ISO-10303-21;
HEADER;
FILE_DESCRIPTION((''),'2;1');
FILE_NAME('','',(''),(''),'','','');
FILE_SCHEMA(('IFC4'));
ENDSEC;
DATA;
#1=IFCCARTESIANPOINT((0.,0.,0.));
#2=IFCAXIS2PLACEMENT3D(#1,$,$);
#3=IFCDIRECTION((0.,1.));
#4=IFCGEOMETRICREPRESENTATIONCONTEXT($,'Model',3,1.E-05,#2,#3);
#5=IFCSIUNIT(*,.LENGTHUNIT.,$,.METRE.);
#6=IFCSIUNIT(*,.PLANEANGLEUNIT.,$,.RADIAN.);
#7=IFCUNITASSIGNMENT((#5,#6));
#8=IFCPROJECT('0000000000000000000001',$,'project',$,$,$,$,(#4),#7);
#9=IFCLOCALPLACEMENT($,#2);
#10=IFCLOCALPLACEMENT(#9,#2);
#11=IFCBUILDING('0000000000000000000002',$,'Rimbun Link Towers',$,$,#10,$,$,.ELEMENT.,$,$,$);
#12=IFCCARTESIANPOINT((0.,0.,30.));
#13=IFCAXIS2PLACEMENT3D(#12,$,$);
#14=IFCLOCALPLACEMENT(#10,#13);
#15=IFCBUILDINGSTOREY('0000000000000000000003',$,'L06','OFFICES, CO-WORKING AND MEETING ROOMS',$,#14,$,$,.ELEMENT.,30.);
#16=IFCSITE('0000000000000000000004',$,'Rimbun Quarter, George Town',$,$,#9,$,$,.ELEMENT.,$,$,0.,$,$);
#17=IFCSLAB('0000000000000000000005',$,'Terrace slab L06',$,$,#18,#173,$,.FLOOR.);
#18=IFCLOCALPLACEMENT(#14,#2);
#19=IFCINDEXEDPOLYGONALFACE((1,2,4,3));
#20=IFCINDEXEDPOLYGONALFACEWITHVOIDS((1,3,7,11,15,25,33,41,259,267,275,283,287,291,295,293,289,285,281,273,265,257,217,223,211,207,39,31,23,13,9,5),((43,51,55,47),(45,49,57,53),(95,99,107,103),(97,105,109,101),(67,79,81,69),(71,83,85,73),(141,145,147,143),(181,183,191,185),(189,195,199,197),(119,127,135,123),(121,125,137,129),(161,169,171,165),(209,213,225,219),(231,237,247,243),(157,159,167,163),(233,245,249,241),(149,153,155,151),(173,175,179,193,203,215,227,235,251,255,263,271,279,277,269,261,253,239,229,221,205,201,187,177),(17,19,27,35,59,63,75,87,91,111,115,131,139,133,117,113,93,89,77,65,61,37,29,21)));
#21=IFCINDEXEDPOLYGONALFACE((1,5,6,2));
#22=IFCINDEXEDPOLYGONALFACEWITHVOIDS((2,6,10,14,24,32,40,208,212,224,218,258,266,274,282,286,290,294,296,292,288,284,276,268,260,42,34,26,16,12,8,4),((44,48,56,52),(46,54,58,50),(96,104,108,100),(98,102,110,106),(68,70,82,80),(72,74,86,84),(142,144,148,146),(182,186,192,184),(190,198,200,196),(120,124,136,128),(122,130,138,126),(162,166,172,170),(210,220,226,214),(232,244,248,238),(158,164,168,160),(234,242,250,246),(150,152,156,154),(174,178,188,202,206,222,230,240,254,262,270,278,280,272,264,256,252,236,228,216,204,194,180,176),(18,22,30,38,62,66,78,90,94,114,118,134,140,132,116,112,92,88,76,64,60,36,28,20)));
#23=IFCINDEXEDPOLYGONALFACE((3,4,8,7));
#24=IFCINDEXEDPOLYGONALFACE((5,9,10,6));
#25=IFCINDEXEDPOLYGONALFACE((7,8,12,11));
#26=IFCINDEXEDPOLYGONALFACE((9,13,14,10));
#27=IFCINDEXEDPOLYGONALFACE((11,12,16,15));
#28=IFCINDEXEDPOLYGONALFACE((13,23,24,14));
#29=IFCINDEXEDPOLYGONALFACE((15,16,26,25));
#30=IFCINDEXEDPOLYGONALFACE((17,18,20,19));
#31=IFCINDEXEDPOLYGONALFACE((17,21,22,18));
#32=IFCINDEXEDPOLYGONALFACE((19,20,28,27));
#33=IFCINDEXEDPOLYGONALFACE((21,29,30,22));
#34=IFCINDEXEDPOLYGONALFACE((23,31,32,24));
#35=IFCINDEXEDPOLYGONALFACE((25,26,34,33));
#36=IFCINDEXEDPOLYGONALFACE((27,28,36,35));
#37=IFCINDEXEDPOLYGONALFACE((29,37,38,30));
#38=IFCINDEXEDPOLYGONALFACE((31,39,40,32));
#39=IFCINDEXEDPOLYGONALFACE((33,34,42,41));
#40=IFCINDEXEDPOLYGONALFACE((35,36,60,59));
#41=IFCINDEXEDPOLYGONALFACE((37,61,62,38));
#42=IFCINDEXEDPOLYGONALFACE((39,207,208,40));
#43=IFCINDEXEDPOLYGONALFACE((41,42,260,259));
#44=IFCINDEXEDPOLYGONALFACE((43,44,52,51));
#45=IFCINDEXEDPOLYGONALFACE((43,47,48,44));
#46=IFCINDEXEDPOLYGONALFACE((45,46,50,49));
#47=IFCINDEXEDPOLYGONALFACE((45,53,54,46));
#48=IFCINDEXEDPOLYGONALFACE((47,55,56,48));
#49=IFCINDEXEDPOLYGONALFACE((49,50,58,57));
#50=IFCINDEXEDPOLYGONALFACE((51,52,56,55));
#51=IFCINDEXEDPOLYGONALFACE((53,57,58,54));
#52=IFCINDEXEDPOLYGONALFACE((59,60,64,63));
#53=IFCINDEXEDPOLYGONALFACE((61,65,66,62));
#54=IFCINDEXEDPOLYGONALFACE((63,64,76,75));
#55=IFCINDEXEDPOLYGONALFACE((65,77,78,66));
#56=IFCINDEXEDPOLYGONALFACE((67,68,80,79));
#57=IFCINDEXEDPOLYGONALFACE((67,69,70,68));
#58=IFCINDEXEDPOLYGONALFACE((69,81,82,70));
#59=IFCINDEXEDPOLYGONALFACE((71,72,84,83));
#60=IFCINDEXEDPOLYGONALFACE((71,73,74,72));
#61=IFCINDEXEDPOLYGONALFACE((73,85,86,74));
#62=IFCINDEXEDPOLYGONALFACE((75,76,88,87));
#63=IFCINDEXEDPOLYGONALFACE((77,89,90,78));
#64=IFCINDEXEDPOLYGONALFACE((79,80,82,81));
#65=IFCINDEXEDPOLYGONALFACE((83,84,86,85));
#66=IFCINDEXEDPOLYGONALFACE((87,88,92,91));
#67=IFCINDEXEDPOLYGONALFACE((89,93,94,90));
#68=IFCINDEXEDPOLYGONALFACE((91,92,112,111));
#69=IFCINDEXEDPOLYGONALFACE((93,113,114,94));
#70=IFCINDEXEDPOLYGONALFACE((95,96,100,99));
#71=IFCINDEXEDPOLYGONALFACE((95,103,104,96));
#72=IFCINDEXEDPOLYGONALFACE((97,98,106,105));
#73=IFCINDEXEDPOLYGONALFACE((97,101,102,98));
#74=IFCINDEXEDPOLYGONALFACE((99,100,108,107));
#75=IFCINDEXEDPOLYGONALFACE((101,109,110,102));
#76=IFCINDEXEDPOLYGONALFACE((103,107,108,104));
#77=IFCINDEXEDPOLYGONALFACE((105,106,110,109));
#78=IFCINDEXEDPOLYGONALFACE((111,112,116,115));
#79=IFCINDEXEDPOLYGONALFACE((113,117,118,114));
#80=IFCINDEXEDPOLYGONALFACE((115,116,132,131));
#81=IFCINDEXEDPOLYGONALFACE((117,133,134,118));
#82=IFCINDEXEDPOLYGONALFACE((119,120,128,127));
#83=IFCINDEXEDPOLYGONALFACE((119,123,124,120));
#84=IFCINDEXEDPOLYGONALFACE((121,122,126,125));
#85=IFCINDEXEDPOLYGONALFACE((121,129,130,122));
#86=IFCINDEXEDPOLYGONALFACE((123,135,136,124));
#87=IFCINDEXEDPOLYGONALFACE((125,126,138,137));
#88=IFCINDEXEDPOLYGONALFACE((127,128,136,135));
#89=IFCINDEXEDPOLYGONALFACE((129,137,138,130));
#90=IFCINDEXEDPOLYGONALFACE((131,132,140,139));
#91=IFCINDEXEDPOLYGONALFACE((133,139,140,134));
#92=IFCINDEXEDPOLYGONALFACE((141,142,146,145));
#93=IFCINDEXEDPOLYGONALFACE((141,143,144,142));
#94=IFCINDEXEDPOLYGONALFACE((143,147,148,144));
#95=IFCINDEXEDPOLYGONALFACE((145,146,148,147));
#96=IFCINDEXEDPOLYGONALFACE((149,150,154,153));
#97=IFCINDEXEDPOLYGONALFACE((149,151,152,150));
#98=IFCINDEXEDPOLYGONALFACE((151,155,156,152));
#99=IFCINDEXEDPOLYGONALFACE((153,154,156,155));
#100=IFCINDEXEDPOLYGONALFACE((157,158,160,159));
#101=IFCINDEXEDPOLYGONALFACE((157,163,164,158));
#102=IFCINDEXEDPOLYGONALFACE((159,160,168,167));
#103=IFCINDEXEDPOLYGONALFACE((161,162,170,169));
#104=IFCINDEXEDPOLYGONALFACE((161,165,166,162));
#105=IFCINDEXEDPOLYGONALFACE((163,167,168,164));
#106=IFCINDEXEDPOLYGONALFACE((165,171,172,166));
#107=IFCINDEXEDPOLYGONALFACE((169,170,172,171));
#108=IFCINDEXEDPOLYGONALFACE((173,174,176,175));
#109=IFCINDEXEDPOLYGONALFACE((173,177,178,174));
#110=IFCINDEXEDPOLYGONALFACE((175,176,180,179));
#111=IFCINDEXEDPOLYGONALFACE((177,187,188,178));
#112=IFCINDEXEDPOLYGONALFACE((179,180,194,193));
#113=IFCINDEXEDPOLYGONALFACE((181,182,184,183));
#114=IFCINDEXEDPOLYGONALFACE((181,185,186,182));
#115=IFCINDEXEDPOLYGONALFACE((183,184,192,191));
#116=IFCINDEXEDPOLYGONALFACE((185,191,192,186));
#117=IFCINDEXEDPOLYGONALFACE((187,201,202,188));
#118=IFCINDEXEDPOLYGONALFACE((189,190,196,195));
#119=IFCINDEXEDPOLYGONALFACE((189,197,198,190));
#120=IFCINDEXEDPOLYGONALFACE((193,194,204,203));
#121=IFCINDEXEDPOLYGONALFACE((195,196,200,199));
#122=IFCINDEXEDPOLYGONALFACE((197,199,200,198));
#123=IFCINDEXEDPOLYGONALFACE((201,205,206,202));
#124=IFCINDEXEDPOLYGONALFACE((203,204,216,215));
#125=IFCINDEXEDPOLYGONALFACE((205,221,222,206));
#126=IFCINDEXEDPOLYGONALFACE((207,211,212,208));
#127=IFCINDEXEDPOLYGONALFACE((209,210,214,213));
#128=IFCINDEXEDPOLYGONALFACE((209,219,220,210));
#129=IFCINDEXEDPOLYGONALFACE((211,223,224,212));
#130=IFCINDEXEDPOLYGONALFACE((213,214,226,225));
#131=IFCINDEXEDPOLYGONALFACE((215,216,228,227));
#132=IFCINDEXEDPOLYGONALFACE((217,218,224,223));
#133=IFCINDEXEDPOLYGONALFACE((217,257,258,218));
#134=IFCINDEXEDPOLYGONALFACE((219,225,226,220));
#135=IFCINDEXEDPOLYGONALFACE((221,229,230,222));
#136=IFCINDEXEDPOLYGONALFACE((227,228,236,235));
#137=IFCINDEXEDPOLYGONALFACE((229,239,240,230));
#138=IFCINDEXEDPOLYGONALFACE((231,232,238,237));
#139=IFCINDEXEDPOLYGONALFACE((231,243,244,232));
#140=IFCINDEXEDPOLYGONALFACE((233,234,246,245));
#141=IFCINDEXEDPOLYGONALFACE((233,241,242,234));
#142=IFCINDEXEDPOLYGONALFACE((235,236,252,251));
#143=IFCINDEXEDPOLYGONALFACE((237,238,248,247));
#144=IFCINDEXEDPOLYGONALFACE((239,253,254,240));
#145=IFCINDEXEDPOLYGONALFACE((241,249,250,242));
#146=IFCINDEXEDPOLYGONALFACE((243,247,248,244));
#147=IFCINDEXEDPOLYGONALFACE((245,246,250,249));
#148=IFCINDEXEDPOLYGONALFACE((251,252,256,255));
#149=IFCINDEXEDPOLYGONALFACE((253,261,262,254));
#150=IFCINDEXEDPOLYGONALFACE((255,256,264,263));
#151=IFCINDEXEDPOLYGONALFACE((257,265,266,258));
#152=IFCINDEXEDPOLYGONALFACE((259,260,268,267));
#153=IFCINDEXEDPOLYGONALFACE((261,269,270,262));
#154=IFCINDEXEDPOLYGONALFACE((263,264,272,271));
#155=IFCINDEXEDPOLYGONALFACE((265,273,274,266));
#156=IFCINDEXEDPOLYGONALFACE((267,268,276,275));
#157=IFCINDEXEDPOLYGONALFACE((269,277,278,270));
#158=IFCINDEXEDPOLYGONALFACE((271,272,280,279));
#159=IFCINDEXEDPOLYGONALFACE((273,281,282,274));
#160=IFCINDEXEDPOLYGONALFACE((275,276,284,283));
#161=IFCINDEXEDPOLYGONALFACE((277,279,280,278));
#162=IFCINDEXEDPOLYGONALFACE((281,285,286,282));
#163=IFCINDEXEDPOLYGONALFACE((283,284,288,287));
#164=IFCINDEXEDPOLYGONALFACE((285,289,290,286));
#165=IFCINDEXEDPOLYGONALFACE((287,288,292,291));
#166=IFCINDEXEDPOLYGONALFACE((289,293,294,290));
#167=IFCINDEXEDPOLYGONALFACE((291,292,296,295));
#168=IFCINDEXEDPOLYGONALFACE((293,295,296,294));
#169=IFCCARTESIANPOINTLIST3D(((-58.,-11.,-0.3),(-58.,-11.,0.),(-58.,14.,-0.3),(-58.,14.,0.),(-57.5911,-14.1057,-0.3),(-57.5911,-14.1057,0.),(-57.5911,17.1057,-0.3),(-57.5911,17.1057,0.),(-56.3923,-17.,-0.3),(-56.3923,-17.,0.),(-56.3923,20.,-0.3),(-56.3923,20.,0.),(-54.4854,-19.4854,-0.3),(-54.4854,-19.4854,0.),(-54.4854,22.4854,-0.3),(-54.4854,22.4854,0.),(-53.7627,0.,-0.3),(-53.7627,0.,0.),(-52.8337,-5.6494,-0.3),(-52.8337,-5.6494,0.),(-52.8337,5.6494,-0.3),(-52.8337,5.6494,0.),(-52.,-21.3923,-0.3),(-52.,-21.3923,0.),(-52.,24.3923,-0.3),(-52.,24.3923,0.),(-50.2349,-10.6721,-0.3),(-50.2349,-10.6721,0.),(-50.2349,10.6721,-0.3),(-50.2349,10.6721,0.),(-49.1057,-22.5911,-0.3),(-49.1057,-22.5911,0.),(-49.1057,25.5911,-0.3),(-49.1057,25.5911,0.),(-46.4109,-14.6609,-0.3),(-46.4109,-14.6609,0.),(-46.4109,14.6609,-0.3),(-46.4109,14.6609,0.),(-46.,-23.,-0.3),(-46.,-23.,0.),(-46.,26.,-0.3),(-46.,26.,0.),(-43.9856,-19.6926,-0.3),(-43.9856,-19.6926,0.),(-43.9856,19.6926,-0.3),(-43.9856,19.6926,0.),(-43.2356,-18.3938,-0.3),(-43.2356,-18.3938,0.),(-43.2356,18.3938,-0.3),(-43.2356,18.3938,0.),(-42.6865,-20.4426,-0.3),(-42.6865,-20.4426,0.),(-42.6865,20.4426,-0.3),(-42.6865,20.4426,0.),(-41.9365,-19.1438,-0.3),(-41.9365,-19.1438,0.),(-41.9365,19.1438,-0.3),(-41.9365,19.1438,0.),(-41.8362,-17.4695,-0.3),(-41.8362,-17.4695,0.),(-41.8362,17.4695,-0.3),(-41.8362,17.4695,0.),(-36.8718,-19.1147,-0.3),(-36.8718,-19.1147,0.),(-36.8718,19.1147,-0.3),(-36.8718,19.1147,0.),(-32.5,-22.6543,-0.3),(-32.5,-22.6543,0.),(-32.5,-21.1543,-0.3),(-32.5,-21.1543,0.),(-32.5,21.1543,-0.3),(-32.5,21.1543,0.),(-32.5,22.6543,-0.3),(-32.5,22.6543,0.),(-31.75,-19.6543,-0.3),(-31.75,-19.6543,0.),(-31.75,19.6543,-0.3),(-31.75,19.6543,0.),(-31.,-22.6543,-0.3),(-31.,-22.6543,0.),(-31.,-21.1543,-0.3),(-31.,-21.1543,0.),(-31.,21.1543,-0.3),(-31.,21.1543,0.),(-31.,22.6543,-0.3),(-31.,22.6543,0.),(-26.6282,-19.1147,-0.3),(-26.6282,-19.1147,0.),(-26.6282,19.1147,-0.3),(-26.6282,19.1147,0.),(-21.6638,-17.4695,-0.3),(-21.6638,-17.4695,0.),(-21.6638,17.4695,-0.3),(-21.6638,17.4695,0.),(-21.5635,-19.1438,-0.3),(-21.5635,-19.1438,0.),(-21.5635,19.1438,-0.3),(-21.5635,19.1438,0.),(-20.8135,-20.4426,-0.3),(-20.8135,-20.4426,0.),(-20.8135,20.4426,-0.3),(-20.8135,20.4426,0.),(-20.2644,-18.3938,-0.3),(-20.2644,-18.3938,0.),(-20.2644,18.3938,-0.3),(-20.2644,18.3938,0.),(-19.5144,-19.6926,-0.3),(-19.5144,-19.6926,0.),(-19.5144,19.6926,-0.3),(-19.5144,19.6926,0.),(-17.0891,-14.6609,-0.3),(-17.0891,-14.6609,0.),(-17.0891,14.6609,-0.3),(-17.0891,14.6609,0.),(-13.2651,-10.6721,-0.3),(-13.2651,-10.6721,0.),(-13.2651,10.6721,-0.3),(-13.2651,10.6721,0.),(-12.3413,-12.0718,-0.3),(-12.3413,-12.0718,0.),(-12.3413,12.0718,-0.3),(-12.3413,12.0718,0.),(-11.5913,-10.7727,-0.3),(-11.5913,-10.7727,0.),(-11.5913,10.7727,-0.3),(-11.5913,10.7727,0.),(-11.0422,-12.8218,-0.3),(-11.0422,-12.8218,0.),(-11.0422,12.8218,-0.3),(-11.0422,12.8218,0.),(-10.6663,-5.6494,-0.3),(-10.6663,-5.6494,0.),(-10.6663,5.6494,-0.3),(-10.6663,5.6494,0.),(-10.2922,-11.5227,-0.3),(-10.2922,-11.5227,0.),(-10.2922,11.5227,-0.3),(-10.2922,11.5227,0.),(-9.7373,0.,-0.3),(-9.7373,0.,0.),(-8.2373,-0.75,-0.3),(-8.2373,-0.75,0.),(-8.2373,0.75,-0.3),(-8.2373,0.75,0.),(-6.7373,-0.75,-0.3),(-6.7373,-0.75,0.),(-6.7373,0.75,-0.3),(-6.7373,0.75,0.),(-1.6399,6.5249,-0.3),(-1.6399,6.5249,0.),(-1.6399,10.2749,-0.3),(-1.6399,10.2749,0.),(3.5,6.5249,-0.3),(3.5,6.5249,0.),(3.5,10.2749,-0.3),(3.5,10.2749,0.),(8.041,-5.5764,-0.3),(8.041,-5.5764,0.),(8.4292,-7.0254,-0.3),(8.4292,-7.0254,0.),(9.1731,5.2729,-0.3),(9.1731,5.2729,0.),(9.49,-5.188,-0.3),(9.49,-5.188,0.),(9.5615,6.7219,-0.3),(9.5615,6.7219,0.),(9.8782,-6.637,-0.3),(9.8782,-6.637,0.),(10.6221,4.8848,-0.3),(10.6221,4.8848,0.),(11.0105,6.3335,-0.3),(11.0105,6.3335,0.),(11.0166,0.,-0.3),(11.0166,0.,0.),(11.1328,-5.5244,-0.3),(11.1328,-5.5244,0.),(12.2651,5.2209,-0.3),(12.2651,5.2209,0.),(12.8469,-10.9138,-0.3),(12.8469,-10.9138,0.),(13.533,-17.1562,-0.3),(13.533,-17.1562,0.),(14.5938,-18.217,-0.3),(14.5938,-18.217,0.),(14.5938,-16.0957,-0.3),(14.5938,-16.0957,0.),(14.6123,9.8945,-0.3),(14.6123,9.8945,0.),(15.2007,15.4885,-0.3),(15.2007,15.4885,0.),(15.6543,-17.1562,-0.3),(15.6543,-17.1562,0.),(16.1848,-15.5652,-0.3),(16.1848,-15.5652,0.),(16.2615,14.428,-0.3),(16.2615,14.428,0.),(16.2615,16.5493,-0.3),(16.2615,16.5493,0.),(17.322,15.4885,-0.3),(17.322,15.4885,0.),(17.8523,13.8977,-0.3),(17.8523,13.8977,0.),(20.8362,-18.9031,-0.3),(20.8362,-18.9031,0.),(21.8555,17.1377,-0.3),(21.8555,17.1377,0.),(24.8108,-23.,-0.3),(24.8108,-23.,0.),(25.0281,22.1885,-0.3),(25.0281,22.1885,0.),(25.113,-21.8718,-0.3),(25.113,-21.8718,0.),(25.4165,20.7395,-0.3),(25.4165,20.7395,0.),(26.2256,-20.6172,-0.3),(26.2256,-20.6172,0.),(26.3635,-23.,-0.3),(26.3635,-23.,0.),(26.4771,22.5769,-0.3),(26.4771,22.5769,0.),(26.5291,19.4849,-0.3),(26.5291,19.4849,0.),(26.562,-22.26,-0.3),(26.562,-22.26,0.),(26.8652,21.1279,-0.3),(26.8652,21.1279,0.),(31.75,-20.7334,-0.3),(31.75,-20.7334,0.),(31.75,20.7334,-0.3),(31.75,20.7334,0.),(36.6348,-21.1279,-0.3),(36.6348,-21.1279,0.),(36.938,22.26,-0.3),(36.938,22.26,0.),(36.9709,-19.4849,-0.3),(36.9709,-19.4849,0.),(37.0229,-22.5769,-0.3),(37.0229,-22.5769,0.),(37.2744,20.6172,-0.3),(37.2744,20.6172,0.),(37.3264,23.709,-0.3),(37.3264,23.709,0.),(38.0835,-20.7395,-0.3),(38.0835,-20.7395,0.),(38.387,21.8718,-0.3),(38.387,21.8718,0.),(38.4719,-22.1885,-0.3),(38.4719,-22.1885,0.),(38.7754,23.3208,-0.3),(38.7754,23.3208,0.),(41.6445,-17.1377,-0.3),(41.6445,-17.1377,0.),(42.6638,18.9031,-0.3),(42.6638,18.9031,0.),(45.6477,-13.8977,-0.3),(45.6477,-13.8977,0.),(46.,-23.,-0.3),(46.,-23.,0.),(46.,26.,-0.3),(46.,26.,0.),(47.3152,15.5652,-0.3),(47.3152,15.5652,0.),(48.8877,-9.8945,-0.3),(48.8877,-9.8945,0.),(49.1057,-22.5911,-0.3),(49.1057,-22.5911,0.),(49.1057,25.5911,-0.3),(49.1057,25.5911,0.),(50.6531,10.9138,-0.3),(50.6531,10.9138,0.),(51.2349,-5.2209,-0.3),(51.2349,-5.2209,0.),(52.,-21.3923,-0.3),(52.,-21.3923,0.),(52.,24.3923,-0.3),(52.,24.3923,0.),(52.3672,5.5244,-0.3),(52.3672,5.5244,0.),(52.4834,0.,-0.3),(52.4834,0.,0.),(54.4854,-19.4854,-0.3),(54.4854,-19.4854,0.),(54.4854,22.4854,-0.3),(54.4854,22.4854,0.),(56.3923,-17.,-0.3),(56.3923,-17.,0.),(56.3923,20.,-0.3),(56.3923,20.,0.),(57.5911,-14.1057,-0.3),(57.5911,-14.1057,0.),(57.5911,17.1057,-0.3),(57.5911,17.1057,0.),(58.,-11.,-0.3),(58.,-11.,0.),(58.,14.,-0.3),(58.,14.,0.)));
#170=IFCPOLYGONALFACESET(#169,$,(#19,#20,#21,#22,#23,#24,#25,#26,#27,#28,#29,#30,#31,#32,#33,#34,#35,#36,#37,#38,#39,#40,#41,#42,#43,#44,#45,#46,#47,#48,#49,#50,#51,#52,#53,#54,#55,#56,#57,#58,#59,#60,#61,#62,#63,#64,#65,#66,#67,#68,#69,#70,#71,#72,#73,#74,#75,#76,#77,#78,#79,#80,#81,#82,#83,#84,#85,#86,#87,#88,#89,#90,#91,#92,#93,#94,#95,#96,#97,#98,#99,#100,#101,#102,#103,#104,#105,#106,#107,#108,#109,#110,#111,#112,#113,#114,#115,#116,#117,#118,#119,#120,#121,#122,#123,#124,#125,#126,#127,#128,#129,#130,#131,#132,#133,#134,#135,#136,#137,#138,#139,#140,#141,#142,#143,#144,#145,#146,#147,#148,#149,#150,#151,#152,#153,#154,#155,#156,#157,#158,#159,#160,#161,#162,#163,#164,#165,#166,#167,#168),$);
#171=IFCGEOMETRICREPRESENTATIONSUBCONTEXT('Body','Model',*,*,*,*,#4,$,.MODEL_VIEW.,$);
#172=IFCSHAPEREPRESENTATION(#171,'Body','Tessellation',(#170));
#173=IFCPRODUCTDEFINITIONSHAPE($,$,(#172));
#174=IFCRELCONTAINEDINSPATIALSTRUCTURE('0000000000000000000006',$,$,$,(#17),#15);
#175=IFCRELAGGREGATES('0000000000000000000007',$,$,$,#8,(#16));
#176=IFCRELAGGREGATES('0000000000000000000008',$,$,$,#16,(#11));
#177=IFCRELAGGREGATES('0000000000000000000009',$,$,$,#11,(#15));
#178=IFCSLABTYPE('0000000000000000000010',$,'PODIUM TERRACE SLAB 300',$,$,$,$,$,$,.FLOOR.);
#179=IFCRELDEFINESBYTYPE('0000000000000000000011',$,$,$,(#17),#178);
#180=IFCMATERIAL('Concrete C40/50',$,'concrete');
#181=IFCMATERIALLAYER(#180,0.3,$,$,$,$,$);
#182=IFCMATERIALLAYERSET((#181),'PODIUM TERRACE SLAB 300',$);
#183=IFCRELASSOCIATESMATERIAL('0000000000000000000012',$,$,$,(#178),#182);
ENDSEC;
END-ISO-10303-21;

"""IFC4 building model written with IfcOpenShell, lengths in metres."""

from ifc_helpers import new_model, si_unit, direction, frame, origin, place, context, subcontext, project, spatial, polyline, outline, extrude, material, layer, layer_set, type_object, element, save


model = new_model("IFC4")

# Units and contexts
model_context = context("Model", 3, precision=1e-05, world=origin(), true_north=direction((0.0, 1.0)))
body_context = subcontext(model_context, "Body", "Model", "MODEL_VIEW")
ifc_project = project(units=[si_unit("LENGTHUNIT", "METRE"), si_unit("PLANEANGLEUNIT", "RADIAN")], contexts=[model_context])

# Site, building, storey
site_placement = place(None, origin())
site = spatial("IfcSite", under=ifc_project, at=site_placement, Name="Rimbun Quarter, George Town", CompositionType="ELEMENT", RefElevation=0.0)
building_placement = place(site_placement, origin())
building = spatial("IfcBuilding", under=site, at=building_placement, Name="Rimbun Link Towers", CompositionType="ELEMENT")
storey_placement = place(building_placement, frame((0.0, 0.0, 30.0)))
storey = spatial("IfcBuildingStorey", under=building, at=storey_placement, Name="L06", Description="OFFICES, CO-WORKING AND MEETING ROOMS", CompositionType="ELEMENT", Elevation=30.0)

# Slab
ifc_material_1 = material(Name="Concrete C40/50", Category="concrete")
ifc_layer_1 = layer(ifc_material_1, 0.3)
ifc_layer_set_1 = layer_set([ifc_layer_1], Name="PODIUM TERRACE SLAB 300")
slab_type_1 = type_object("IfcSlabType", Name="PODIUM TERRACE SLAB 300", PredefinedType="FLOOR", material=ifc_layer_set_1)
slab_1_placement = place(storey_placement, frame((0.0, 0.0, -0.3)))
element("IfcSlab", 1, at=slab_1_placement, inside=storey, type_object=slab_type_1, Name="Terrace slab L06", PredefinedType="FLOOR", context=body_context, shape_type="SweptSolid", body=[
    extrude(outline(polyline([(-52.0, -21.3923), (-54.4854, -19.4854), (-56.3923, -17.0), (-57.5911, -14.1057), (-58.0, -11.0), (-58.0, 14.0), (-57.5911, 17.1057), (-56.3923, 20.0), (-54.4854, 22.4854), (-52.0, 24.3923), (-49.1057, 25.5911), (-46.0, 26.0), (46.0, 26.0), (49.1057, 25.5911), (52.0, 24.3923), (54.4854, 22.4854), (56.3923, 20.0), (57.5911, 17.1057), (58.0, 14.0), (58.0, -11.0), (57.5911, -14.1057), (56.3923, -17.0), (54.4854, -19.4854), (52.0, -21.3923), (49.1057, -22.5911), (46.0, -23.0), (26.3635, -23.0), (26.562, -22.26), (25.113, -21.8718), (24.8108, -23.0), (-46.0, -23.0), (-49.1057, -22.5911), (-52.0, -21.3923)]), holes=[polyline([(-32.5, -22.6543), (-31.0, -22.6543), (-31.0, -21.1543), (-32.5, -21.1543), (-32.5, -22.6543)]), polyline([(-43.9856, -19.6926), (-42.6865, -20.4426), (-41.9365, -19.1438), (-43.2356, -18.3938), (-43.9856, -19.6926)]), polyline([(-20.8135, -20.4426), (-19.5144, -19.6926), (-20.2644, -18.3938), (-21.5635, -19.1438), (-20.8135, -20.4426)]), polyline([(-12.3413, -12.0718), (-11.0422, -12.8218), (-10.2922, -11.5227), (-11.5913, -10.7727), (-12.3413, -12.0718)]), polyline([(-13.2651, -10.6721), (-10.6663, -5.6494), (-9.7373, 0.0), (-10.6663, 5.6494), (-13.2651, 10.6721), (-17.0891, 14.6609), (-21.6638, 17.4695), (-26.6282, 19.1147), (-31.75, 19.6543), (-36.8718, 19.1147), (-41.8362, 17.4695), (-46.4109, 14.6609), (-50.2349, 10.6721), (-52.8337, 5.6494), (-53.7627, 0.0), (-52.8337, -5.6494), (-50.2349, -10.6721), (-46.4109, -14.6609), (-41.8362, -17.4695), (-36.8718, -19.1147), (-31.75, -19.6543), (-26.6282, -19.1147), (-21.6638, -17.4695), (-17.0891, -14.6609), (-13.2651, -10.6721)]), polyline([(-6.7373, -0.75), (-6.7373, 0.75), (-8.2373, 0.75), (-8.2373, -0.75), (-6.7373, -0.75)]), polyline([(-10.2922, 11.5227), (-11.0422, 12.8218), (-12.3413, 12.0718), (-11.5913, 10.7727), (-10.2922, 11.5227)]), polyline([(-42.6865, 20.4426), (-43.9856, 19.6926), (-43.2356, 18.3938), (-41.9365, 19.1438), (-42.6865, 20.4426)]), polyline([(-20.2644, 18.3938), (-19.5144, 19.6926), (-20.8135, 20.4426), (-21.5635, 19.1438), (-20.2644, 18.3938)]), polyline([(-31.0, 21.1543), (-31.0, 22.6543), (-32.5, 22.6543), (-32.5, 21.1543), (-31.0, 21.1543)]), polyline([(37.0229, -22.5769), (38.4719, -22.1885), (38.0835, -20.7395), (36.6348, -21.1279), (37.0229, -22.5769)]), polyline([(13.533, -17.1562), (14.5938, -18.217), (15.6543, -17.1562), (14.5938, -16.0957), (13.533, -17.1562)]), polyline([(9.49, -5.188), (8.041, -5.5764), (8.4292, -7.0254), (9.8782, -6.637), (9.49, -5.188)]), polyline([(52.4834, 0.0), (52.3672, 5.5244), (50.6531, 10.9138), (47.3152, 15.5652), (42.6638, 18.9031), (37.2744, 20.6172), (31.75, 20.7334), (26.5291, 19.4849), (21.8555, 17.1377), (17.8523, 13.8977), (14.6123, 9.8945), (12.2651, 5.2209), (11.0166, 0.0), (11.1328, -5.5244), (12.8469, -10.9138), (16.1848, -15.5652), (20.8362, -18.9031), (26.2256, -20.6172), (31.75, -20.7334), (36.9709, -19.4849), (41.6445, -17.1377), (45.6477, -13.8977), (48.8877, -9.8945), (51.2349, -5.2209), (52.4834, 0.0)]), polyline([(9.5615, 6.7219), (9.1731, 5.2729), (10.6221, 4.8848), (11.0105, 6.3335), (9.5615, 6.7219)]), polyline([(3.5, 6.5249), (3.5, 10.2749), (-1.6399, 10.2749), (-1.6399, 6.5249), (3.5, 6.5249)]), polyline([(16.2615, 16.5493), (15.2007, 15.4885), (16.2615, 14.428), (17.322, 15.4885), (16.2615, 16.5493)]), polyline([(26.8652, 21.1279), (26.4771, 22.5769), (25.0281, 22.1885), (25.4165, 20.7395), (26.8652, 21.1279)]), polyline([(38.387, 21.8718), (38.7754, 23.3208), (37.3264, 23.709), (36.938, 22.26), (38.387, 21.8718)])]), origin(), (0.0, 0.0, 1.0), 0.3),
])

save(model, "model.ifc")
